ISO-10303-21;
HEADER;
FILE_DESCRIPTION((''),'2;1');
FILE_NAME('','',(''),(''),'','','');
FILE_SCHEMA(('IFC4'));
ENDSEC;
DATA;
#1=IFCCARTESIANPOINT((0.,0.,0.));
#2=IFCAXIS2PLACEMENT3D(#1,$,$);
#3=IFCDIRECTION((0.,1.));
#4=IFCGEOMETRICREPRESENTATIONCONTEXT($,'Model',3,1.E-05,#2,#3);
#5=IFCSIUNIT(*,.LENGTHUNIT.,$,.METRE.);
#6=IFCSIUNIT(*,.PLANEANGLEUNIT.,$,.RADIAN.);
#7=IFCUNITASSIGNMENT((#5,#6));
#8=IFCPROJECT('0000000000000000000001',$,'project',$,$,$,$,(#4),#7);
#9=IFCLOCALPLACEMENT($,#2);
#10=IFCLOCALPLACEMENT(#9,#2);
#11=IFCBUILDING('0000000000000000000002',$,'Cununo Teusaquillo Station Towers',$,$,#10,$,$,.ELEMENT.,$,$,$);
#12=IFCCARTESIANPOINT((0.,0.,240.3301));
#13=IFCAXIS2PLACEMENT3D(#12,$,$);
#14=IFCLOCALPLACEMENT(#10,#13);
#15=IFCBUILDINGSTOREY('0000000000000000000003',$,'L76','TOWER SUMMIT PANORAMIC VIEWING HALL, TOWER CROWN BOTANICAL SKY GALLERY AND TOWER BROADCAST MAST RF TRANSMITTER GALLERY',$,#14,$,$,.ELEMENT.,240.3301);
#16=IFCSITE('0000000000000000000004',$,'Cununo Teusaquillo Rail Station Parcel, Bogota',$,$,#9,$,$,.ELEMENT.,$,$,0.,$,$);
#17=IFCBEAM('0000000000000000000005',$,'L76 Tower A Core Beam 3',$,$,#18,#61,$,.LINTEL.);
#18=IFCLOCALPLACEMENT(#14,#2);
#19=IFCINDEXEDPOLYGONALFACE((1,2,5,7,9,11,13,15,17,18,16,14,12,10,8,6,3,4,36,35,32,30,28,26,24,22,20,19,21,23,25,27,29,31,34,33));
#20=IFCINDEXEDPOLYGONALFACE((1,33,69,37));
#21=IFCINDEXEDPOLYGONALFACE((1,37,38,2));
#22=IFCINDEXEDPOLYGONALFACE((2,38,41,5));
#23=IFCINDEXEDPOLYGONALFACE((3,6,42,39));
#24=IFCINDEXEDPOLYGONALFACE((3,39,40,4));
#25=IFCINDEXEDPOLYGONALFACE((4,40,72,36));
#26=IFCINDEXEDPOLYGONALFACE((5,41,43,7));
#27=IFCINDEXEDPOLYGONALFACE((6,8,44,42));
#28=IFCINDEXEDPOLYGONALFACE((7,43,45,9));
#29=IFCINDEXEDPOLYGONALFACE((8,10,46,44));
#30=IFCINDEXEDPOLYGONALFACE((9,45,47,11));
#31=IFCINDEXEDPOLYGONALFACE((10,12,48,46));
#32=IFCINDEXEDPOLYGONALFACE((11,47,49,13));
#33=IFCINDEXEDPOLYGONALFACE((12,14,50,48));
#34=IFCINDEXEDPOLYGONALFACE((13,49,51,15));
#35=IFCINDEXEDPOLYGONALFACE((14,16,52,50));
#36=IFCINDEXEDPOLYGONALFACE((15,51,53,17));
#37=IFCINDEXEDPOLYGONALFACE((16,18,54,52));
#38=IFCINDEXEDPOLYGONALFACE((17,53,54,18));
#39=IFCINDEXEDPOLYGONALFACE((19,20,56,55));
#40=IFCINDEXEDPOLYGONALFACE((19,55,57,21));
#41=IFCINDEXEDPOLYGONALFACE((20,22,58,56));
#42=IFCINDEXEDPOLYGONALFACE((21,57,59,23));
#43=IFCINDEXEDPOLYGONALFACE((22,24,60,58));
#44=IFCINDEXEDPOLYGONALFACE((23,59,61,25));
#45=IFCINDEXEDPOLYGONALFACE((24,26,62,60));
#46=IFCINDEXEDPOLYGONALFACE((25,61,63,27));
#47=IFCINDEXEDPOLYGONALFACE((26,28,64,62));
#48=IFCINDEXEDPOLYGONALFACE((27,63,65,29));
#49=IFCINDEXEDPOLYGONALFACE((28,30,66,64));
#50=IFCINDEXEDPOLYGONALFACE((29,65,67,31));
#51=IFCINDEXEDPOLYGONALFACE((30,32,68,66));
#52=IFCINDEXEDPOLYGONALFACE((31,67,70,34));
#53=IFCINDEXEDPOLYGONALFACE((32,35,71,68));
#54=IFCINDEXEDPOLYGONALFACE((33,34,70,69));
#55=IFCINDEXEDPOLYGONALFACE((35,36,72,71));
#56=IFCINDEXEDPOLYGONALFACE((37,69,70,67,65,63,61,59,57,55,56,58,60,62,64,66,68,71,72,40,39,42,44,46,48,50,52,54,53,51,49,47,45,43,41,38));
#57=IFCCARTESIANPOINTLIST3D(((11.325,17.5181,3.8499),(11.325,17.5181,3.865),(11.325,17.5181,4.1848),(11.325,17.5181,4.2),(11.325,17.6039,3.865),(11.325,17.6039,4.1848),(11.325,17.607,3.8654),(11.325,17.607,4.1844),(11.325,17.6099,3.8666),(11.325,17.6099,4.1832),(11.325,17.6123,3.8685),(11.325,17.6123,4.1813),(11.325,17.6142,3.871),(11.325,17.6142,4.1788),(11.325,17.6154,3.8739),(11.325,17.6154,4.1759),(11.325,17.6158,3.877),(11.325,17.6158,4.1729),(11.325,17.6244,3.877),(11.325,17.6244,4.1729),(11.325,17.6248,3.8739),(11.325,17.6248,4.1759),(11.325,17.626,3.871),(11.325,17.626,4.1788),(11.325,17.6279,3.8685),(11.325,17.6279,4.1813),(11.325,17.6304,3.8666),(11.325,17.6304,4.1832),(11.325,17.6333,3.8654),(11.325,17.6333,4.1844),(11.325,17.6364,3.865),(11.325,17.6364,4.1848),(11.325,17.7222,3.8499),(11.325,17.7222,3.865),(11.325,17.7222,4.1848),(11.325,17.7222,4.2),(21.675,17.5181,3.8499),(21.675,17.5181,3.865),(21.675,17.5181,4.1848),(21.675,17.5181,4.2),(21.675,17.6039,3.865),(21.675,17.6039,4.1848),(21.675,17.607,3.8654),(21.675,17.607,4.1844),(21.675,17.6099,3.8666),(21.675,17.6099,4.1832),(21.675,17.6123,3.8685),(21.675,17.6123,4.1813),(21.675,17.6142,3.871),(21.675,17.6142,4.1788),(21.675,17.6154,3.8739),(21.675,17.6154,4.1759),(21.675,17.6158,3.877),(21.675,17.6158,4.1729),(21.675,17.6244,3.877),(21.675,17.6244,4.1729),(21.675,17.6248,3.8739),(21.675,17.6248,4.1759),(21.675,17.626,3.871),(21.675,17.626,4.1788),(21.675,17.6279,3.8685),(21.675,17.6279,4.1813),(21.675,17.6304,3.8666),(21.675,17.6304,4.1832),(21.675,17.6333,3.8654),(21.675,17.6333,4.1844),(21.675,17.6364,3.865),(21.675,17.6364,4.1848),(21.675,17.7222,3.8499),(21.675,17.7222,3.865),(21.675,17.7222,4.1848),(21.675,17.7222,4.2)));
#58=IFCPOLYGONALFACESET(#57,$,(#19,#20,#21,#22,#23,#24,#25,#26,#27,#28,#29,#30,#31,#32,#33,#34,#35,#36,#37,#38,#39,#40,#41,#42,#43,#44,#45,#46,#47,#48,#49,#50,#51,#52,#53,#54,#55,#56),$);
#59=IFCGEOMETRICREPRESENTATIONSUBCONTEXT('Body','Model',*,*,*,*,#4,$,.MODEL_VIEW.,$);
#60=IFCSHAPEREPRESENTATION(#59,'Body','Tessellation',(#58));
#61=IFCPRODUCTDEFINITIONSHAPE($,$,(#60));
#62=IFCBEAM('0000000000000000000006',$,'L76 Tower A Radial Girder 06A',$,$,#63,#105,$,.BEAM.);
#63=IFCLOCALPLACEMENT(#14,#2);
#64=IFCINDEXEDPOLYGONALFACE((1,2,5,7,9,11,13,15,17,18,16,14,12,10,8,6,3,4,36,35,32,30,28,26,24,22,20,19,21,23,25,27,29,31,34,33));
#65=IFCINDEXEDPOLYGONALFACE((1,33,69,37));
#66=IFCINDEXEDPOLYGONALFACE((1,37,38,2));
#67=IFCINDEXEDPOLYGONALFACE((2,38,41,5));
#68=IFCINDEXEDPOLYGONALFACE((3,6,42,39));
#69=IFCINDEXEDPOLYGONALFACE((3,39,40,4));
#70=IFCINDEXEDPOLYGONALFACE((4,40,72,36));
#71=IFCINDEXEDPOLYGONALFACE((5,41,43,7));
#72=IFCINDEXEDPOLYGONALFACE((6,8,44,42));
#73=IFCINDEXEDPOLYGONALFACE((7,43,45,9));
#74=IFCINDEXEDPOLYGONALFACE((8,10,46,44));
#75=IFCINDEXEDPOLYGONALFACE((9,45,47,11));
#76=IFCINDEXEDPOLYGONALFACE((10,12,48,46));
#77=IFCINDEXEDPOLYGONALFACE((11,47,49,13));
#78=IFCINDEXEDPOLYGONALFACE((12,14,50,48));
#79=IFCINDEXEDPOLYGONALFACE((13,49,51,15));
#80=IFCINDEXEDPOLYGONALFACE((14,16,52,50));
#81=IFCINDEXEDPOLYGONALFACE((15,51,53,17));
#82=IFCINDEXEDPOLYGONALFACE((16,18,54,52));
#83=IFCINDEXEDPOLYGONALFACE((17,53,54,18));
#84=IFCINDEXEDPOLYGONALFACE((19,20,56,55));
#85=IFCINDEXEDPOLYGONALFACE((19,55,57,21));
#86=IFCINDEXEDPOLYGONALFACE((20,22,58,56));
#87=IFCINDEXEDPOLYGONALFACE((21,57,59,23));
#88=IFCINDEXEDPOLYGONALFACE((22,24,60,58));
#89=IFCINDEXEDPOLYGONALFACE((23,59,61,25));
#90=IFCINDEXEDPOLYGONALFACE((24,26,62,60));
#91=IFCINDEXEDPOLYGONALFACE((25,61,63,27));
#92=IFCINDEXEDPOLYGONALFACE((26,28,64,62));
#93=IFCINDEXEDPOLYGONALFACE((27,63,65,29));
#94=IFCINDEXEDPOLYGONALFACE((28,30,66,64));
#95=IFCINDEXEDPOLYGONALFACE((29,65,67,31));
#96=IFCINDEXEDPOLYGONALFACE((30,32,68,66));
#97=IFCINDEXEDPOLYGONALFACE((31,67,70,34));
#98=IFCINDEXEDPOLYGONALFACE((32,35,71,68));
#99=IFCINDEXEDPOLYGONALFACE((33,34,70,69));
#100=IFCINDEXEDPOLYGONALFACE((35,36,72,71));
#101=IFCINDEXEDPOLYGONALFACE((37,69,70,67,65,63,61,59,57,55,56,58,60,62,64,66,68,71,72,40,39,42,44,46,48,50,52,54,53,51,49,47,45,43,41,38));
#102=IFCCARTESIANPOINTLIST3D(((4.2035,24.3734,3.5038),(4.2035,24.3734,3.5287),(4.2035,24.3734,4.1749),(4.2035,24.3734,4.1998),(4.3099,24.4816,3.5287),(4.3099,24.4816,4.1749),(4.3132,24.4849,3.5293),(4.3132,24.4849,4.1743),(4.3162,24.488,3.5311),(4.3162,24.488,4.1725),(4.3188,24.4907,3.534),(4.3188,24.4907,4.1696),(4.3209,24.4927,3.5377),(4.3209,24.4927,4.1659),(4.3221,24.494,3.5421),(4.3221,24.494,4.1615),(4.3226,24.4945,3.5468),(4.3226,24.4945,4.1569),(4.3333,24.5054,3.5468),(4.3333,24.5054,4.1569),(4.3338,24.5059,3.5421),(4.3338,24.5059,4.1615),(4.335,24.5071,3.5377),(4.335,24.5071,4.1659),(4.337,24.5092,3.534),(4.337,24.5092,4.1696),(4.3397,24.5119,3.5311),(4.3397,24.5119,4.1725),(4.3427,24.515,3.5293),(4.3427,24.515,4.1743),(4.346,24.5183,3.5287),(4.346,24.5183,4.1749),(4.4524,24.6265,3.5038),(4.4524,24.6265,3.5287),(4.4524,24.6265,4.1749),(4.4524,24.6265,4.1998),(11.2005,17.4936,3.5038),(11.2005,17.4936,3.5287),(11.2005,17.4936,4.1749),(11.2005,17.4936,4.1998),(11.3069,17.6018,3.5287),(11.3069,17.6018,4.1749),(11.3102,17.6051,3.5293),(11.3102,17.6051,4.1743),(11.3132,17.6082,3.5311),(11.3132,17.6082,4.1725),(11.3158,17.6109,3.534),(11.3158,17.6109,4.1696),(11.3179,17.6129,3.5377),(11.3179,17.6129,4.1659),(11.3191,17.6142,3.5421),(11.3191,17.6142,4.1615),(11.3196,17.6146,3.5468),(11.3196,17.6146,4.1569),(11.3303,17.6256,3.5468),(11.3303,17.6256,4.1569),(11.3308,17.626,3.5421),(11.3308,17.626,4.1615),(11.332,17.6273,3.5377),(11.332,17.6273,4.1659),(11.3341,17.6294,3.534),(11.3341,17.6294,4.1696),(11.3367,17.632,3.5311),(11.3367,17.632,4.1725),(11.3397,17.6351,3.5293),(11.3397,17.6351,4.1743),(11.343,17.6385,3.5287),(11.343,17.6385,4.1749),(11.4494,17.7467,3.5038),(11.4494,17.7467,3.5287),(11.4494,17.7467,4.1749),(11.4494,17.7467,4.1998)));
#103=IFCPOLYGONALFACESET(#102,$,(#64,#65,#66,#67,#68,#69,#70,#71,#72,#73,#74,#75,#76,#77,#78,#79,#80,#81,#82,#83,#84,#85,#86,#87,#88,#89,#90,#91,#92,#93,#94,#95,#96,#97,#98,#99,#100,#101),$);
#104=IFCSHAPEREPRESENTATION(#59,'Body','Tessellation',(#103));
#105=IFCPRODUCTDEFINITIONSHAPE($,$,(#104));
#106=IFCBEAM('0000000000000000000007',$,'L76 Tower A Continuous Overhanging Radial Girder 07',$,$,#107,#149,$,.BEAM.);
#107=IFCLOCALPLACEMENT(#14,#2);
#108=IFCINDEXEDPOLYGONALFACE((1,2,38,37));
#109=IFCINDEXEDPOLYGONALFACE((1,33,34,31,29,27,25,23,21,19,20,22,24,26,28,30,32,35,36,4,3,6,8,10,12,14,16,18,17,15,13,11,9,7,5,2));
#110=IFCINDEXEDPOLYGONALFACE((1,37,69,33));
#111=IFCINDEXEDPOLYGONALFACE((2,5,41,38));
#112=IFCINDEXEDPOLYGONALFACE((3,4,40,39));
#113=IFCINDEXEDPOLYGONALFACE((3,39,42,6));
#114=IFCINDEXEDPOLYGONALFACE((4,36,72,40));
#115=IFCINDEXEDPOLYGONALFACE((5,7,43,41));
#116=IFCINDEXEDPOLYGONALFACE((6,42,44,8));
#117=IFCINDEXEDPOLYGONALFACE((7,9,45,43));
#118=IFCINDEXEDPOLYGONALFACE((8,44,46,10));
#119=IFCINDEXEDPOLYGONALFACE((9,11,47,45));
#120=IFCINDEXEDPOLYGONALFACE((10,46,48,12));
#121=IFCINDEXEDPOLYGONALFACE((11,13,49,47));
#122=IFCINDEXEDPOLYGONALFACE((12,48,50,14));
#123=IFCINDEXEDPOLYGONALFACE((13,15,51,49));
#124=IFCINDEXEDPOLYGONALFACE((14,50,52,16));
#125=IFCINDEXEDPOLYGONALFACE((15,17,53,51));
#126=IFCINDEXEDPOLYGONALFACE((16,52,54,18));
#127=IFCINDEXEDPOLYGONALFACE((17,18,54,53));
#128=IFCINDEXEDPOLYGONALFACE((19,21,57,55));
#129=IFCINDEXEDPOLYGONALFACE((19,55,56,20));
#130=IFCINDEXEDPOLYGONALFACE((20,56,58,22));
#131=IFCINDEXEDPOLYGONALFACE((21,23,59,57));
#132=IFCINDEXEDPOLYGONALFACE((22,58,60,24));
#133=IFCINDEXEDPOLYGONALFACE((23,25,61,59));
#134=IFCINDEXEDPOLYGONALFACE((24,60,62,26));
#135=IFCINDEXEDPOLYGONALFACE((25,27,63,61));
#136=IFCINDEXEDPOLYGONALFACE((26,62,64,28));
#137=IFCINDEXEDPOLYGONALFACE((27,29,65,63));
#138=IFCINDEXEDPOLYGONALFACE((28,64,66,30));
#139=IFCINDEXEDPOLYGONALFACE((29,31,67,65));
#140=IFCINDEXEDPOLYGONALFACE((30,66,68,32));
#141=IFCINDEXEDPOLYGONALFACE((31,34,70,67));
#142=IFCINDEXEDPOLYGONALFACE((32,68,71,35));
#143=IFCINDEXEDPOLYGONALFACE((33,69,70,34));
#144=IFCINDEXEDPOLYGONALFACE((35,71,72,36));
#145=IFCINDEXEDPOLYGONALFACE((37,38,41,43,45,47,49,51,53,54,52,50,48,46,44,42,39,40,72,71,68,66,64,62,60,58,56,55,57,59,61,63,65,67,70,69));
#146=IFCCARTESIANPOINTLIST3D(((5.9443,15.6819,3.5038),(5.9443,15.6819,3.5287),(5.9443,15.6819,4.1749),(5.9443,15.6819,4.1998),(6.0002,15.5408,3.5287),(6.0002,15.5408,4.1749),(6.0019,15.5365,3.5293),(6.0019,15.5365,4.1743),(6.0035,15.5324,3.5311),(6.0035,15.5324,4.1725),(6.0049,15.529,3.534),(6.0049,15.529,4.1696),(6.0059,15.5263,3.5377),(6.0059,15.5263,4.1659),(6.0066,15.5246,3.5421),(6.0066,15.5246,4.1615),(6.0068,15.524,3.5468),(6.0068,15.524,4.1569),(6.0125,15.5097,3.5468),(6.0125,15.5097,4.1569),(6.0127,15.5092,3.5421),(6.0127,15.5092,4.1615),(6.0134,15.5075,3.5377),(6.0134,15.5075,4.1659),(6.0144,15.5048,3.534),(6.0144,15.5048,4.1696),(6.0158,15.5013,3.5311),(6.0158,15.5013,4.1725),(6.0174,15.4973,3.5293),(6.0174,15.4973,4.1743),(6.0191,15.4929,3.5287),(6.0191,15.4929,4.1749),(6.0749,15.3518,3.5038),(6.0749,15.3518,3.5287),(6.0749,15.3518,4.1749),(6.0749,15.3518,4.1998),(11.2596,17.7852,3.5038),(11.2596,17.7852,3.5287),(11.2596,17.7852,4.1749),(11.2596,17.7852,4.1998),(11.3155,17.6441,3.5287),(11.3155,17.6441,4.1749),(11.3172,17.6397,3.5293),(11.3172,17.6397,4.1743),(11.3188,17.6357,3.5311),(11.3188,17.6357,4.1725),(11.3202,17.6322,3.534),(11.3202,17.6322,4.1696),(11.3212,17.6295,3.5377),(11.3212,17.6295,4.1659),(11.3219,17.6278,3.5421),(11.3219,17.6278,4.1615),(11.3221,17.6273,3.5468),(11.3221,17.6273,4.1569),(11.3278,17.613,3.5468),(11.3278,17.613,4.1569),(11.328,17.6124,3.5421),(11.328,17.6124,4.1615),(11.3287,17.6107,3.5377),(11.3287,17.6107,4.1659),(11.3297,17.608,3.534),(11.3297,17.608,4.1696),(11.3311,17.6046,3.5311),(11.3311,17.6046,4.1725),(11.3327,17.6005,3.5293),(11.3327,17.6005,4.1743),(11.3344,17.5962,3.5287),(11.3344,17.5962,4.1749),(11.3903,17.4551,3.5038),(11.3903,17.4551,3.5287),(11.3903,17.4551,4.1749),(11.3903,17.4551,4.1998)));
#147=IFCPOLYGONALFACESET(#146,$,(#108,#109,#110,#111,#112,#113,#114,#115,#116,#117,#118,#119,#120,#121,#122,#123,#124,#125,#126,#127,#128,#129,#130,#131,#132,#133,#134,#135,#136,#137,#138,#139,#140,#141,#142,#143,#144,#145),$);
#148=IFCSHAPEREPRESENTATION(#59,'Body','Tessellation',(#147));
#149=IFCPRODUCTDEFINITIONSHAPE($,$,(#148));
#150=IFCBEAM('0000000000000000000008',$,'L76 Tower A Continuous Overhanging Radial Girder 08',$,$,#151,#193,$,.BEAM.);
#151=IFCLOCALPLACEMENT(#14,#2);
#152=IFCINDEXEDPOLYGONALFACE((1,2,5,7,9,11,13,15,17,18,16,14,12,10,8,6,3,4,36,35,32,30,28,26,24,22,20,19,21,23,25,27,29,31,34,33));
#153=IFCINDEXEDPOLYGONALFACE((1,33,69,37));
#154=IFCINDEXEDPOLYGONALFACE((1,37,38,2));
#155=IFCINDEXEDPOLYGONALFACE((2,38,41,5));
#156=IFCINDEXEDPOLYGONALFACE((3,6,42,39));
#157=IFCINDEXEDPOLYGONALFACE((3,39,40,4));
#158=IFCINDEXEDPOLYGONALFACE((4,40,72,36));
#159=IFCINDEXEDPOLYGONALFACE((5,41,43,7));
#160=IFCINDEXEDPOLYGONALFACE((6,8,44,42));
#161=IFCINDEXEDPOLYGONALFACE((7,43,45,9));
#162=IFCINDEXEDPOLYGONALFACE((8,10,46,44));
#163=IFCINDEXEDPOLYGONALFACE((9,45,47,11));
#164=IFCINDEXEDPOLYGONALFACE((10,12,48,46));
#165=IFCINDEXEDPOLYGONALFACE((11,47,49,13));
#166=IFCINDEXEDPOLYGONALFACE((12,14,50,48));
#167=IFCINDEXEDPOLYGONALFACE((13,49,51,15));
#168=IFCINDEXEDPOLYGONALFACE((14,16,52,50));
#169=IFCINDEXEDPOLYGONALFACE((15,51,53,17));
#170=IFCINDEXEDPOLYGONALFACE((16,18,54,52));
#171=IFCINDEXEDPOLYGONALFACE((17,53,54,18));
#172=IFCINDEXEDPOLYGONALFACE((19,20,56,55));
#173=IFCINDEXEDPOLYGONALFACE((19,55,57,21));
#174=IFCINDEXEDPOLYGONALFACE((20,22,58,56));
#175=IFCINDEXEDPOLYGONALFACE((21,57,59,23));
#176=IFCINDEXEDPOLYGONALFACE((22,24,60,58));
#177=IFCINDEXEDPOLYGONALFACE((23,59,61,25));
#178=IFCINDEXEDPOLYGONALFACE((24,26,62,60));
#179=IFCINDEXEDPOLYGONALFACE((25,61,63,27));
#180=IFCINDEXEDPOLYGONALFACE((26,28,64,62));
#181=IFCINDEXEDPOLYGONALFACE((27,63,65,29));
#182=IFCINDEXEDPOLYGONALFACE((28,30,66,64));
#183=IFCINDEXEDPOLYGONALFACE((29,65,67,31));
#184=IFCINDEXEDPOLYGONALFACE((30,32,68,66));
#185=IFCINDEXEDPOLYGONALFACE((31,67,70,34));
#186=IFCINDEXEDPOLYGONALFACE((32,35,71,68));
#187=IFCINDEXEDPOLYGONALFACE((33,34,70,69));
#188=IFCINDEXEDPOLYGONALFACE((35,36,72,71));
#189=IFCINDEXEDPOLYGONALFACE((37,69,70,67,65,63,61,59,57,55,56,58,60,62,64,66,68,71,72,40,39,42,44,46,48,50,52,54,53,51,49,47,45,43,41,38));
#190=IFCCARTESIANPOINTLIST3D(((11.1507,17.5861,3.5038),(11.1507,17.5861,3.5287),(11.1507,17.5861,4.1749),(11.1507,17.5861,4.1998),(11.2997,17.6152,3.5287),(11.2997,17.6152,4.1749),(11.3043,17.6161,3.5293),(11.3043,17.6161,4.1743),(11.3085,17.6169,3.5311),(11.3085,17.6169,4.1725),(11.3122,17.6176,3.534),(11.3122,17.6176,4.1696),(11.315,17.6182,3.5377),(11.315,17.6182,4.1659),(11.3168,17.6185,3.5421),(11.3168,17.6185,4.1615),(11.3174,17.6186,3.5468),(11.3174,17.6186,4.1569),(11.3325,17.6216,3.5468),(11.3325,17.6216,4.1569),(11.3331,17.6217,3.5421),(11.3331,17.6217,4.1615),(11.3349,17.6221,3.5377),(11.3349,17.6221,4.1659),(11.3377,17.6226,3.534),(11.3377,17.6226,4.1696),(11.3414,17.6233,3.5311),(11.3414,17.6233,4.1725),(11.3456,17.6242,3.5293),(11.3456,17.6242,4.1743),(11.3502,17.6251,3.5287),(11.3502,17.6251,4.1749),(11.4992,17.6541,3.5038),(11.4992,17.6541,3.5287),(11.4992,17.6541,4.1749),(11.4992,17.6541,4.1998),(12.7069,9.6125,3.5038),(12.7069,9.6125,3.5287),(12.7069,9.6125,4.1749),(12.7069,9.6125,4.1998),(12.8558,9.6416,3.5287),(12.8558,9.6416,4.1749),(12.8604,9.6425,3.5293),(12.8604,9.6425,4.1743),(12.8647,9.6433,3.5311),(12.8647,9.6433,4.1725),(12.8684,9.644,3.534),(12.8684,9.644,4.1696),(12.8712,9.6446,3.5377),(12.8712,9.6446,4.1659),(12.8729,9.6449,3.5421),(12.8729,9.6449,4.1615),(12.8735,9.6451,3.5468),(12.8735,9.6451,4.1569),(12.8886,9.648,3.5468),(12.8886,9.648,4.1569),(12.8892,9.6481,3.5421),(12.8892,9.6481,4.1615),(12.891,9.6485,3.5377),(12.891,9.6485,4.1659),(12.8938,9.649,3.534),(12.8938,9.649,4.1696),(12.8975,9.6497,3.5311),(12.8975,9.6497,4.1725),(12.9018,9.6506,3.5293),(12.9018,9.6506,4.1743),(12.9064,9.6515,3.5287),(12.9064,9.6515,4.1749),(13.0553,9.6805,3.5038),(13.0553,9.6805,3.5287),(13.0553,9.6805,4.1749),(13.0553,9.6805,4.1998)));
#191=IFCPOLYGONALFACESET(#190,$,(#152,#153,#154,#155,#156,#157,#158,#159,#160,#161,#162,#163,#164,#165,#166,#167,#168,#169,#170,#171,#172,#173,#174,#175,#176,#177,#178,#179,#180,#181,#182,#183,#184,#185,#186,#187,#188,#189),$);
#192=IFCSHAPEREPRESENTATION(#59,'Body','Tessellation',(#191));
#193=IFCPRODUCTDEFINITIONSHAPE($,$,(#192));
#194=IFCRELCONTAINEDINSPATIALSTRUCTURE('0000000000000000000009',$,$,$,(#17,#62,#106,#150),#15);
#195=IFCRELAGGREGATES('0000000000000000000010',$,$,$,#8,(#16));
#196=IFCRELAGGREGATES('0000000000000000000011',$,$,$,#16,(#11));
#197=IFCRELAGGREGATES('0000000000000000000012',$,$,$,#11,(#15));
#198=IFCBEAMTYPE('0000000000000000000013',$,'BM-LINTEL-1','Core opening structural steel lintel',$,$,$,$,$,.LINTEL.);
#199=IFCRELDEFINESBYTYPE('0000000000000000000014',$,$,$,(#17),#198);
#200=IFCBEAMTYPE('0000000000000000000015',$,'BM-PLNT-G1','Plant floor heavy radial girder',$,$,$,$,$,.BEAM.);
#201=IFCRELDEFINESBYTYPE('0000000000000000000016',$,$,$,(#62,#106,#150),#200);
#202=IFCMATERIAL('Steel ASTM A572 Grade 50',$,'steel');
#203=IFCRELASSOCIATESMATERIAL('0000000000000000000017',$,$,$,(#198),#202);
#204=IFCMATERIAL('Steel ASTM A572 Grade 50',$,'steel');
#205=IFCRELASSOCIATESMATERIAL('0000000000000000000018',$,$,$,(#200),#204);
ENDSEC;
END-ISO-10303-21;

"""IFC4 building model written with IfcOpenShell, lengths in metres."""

from ifc_helpers import new_model, si_unit, direction, frame, origin, origin_2d, place, context, subcontext, project, spatial, i_section, extrude, material, material_profile, profile_set, type_object, element, save


model = new_model("IFC4")

# Units and contexts
model_context = context("Model", 3, precision=1e-05, world=origin(), true_north=direction((0.0, 1.0)))
body_context = subcontext(model_context, "Body", "Model", "MODEL_VIEW")
ifc_project = project(units=[si_unit("LENGTHUNIT", "METRE"), si_unit("PLANEANGLEUNIT", "RADIAN")], contexts=[model_context])

# Site, building, storey
site_placement = place(None, origin())
site = spatial("IfcSite", under=ifc_project, at=site_placement, Name="Cununo Teusaquillo Rail Station Parcel, Bogota", CompositionType="ELEMENT", RefElevation=0.0)
building_placement = place(site_placement, origin())
building = spatial("IfcBuilding", under=site, at=building_placement, Name="Cununo Teusaquillo Station Towers", CompositionType="ELEMENT")
storey_placement = place(building_placement, frame((0.0, 0.0, 240.3301)))
storey = spatial("IfcBuildingStorey", under=building, at=storey_placement, Name="L76", Description="TOWER SUMMIT PANORAMIC VIEWING HALL, TOWER CROWN BOTANICAL SKY GALLERY AND TOWER BROADCAST MAST RF TRANSMITTER GALLERY", CompositionType="ELEMENT", Elevation=240.3301)

# Beams
ifc_material_1 = material(Name="Steel ASTM A572 Grade 50", Category="steel")
ifc_material_profile_1 = material_profile(ifc_material_1, i_section(OverallWidth=0.2041, OverallDepth=0.3501, WebThickness=0.0085, FlangeThickness=0.0151, FilletRadius=0.012, at=origin_2d()), Name="W14X48")
ifc_profile_set_1 = profile_set([ifc_material_profile_1], Name="Steel ASTM A572 Grade 50")
beam_type_1 = type_object("IfcBeamType", Name="BM-LINTEL-1", Description="Core opening structural steel lintel", PredefinedType="LINTEL", material=ifc_profile_set_1)
beam_1_placement = place(storey_placement, frame((11.325, 17.6201, 4.0249), z_axis=(1.0, 0.0, 0.0), x_axis=(0.0, 1.0, 0.0)))
element("IfcBeam", 1, at=beam_1_placement, inside=storey, type_object=beam_type_1, Name="L76 Tower A Core Beam 3", PredefinedType="LINTEL", context=body_context, shape_type="SweptSolid", body=[
    extrude(i_section(OverallWidth=0.2041, OverallDepth=0.3501, WebThickness=0.0085, FlangeThickness=0.0151, FilletRadius=0.012, at=origin_2d()), origin(), (0.0, 0.0, 1.0), 10.3501),
])
ifc_material_2 = material(Name="Steel ASTM A572 Grade 50", Category="steel")
ifc_material_profile_2 = material_profile(ifc_material_2, i_section(OverallWidth=0.355, OverallDepth=0.696, WebThickness=0.0154, FlangeThickness=0.0249, FilletRadius=0.0181, at=origin_2d()), Name="W27X146")
ifc_profile_set_2 = profile_set([ifc_material_profile_2], Name="Steel ASTM A572 Grade 50")
beam_type_2 = type_object("IfcBeamType", Name="BM-PLNT-G1", Description="Plant floor heavy radial girder", PredefinedType="BEAM", material=ifc_profile_set_2)
beam_2_placement = place(storey_placement, frame((11.325, 17.6201, 3.8518), z_axis=(-0.713053, 0.70111, 0.0), x_axis=(-0.70111, -0.713053, 0.0)))
element("IfcBeam", 2, at=beam_2_placement, inside=storey, type_object=beam_type_2, Name="L76 Tower A Radial Girder 06A", PredefinedType="BEAM", context=body_context, shape_type="SweptSolid", body=[
    extrude(i_section(OverallWidth=0.355, OverallDepth=0.696, WebThickness=0.0154, FlangeThickness=0.0249, FilletRadius=0.0181, at=origin_2d()), origin(), (0.0, 0.0, 1.0), 9.8127),
])
beam_3_placement = place(storey_placement, frame((11.325, 17.6201, 3.8518), z_axis=(-0.929852, -0.367935, 0.0), x_axis=(0.367935, -0.929852, 0.0)))
element("IfcBeam", 3, at=beam_3_placement, inside=storey, type_object=beam_type_2, Name="L76 Tower A Continuous Overhanging Radial Girder 07", PredefinedType="BEAM", context=body_context, shape_type="SweptSolid", body=[
    extrude(i_section(OverallWidth=0.355, OverallDepth=0.696, WebThickness=0.0154, FlangeThickness=0.0249, FilletRadius=0.0181, at=origin_2d()), origin(), (0.0, 0.0, 1.0), 5.7163),
])
beam_4_placement = place(storey_placement, frame((11.325, 17.6201, 3.8518), z_axis=(0.191548, -0.981483, 0.0), x_axis=(0.981483, 0.191548, 0.0)))
element("IfcBeam", 4, at=beam_4_placement, inside=storey, type_object=beam_type_2, Name="L76 Tower A Continuous Overhanging Radial Girder 08", PredefinedType="BEAM", context=body_context, shape_type="SweptSolid", body=[
    extrude(i_section(OverallWidth=0.355, OverallDepth=0.696, WebThickness=0.0154, FlangeThickness=0.0249, FilletRadius=0.0181, at=origin_2d()), origin(), (0.0, 0.0, 1.0), 8.124),
])

save(model, "model.ifc")
